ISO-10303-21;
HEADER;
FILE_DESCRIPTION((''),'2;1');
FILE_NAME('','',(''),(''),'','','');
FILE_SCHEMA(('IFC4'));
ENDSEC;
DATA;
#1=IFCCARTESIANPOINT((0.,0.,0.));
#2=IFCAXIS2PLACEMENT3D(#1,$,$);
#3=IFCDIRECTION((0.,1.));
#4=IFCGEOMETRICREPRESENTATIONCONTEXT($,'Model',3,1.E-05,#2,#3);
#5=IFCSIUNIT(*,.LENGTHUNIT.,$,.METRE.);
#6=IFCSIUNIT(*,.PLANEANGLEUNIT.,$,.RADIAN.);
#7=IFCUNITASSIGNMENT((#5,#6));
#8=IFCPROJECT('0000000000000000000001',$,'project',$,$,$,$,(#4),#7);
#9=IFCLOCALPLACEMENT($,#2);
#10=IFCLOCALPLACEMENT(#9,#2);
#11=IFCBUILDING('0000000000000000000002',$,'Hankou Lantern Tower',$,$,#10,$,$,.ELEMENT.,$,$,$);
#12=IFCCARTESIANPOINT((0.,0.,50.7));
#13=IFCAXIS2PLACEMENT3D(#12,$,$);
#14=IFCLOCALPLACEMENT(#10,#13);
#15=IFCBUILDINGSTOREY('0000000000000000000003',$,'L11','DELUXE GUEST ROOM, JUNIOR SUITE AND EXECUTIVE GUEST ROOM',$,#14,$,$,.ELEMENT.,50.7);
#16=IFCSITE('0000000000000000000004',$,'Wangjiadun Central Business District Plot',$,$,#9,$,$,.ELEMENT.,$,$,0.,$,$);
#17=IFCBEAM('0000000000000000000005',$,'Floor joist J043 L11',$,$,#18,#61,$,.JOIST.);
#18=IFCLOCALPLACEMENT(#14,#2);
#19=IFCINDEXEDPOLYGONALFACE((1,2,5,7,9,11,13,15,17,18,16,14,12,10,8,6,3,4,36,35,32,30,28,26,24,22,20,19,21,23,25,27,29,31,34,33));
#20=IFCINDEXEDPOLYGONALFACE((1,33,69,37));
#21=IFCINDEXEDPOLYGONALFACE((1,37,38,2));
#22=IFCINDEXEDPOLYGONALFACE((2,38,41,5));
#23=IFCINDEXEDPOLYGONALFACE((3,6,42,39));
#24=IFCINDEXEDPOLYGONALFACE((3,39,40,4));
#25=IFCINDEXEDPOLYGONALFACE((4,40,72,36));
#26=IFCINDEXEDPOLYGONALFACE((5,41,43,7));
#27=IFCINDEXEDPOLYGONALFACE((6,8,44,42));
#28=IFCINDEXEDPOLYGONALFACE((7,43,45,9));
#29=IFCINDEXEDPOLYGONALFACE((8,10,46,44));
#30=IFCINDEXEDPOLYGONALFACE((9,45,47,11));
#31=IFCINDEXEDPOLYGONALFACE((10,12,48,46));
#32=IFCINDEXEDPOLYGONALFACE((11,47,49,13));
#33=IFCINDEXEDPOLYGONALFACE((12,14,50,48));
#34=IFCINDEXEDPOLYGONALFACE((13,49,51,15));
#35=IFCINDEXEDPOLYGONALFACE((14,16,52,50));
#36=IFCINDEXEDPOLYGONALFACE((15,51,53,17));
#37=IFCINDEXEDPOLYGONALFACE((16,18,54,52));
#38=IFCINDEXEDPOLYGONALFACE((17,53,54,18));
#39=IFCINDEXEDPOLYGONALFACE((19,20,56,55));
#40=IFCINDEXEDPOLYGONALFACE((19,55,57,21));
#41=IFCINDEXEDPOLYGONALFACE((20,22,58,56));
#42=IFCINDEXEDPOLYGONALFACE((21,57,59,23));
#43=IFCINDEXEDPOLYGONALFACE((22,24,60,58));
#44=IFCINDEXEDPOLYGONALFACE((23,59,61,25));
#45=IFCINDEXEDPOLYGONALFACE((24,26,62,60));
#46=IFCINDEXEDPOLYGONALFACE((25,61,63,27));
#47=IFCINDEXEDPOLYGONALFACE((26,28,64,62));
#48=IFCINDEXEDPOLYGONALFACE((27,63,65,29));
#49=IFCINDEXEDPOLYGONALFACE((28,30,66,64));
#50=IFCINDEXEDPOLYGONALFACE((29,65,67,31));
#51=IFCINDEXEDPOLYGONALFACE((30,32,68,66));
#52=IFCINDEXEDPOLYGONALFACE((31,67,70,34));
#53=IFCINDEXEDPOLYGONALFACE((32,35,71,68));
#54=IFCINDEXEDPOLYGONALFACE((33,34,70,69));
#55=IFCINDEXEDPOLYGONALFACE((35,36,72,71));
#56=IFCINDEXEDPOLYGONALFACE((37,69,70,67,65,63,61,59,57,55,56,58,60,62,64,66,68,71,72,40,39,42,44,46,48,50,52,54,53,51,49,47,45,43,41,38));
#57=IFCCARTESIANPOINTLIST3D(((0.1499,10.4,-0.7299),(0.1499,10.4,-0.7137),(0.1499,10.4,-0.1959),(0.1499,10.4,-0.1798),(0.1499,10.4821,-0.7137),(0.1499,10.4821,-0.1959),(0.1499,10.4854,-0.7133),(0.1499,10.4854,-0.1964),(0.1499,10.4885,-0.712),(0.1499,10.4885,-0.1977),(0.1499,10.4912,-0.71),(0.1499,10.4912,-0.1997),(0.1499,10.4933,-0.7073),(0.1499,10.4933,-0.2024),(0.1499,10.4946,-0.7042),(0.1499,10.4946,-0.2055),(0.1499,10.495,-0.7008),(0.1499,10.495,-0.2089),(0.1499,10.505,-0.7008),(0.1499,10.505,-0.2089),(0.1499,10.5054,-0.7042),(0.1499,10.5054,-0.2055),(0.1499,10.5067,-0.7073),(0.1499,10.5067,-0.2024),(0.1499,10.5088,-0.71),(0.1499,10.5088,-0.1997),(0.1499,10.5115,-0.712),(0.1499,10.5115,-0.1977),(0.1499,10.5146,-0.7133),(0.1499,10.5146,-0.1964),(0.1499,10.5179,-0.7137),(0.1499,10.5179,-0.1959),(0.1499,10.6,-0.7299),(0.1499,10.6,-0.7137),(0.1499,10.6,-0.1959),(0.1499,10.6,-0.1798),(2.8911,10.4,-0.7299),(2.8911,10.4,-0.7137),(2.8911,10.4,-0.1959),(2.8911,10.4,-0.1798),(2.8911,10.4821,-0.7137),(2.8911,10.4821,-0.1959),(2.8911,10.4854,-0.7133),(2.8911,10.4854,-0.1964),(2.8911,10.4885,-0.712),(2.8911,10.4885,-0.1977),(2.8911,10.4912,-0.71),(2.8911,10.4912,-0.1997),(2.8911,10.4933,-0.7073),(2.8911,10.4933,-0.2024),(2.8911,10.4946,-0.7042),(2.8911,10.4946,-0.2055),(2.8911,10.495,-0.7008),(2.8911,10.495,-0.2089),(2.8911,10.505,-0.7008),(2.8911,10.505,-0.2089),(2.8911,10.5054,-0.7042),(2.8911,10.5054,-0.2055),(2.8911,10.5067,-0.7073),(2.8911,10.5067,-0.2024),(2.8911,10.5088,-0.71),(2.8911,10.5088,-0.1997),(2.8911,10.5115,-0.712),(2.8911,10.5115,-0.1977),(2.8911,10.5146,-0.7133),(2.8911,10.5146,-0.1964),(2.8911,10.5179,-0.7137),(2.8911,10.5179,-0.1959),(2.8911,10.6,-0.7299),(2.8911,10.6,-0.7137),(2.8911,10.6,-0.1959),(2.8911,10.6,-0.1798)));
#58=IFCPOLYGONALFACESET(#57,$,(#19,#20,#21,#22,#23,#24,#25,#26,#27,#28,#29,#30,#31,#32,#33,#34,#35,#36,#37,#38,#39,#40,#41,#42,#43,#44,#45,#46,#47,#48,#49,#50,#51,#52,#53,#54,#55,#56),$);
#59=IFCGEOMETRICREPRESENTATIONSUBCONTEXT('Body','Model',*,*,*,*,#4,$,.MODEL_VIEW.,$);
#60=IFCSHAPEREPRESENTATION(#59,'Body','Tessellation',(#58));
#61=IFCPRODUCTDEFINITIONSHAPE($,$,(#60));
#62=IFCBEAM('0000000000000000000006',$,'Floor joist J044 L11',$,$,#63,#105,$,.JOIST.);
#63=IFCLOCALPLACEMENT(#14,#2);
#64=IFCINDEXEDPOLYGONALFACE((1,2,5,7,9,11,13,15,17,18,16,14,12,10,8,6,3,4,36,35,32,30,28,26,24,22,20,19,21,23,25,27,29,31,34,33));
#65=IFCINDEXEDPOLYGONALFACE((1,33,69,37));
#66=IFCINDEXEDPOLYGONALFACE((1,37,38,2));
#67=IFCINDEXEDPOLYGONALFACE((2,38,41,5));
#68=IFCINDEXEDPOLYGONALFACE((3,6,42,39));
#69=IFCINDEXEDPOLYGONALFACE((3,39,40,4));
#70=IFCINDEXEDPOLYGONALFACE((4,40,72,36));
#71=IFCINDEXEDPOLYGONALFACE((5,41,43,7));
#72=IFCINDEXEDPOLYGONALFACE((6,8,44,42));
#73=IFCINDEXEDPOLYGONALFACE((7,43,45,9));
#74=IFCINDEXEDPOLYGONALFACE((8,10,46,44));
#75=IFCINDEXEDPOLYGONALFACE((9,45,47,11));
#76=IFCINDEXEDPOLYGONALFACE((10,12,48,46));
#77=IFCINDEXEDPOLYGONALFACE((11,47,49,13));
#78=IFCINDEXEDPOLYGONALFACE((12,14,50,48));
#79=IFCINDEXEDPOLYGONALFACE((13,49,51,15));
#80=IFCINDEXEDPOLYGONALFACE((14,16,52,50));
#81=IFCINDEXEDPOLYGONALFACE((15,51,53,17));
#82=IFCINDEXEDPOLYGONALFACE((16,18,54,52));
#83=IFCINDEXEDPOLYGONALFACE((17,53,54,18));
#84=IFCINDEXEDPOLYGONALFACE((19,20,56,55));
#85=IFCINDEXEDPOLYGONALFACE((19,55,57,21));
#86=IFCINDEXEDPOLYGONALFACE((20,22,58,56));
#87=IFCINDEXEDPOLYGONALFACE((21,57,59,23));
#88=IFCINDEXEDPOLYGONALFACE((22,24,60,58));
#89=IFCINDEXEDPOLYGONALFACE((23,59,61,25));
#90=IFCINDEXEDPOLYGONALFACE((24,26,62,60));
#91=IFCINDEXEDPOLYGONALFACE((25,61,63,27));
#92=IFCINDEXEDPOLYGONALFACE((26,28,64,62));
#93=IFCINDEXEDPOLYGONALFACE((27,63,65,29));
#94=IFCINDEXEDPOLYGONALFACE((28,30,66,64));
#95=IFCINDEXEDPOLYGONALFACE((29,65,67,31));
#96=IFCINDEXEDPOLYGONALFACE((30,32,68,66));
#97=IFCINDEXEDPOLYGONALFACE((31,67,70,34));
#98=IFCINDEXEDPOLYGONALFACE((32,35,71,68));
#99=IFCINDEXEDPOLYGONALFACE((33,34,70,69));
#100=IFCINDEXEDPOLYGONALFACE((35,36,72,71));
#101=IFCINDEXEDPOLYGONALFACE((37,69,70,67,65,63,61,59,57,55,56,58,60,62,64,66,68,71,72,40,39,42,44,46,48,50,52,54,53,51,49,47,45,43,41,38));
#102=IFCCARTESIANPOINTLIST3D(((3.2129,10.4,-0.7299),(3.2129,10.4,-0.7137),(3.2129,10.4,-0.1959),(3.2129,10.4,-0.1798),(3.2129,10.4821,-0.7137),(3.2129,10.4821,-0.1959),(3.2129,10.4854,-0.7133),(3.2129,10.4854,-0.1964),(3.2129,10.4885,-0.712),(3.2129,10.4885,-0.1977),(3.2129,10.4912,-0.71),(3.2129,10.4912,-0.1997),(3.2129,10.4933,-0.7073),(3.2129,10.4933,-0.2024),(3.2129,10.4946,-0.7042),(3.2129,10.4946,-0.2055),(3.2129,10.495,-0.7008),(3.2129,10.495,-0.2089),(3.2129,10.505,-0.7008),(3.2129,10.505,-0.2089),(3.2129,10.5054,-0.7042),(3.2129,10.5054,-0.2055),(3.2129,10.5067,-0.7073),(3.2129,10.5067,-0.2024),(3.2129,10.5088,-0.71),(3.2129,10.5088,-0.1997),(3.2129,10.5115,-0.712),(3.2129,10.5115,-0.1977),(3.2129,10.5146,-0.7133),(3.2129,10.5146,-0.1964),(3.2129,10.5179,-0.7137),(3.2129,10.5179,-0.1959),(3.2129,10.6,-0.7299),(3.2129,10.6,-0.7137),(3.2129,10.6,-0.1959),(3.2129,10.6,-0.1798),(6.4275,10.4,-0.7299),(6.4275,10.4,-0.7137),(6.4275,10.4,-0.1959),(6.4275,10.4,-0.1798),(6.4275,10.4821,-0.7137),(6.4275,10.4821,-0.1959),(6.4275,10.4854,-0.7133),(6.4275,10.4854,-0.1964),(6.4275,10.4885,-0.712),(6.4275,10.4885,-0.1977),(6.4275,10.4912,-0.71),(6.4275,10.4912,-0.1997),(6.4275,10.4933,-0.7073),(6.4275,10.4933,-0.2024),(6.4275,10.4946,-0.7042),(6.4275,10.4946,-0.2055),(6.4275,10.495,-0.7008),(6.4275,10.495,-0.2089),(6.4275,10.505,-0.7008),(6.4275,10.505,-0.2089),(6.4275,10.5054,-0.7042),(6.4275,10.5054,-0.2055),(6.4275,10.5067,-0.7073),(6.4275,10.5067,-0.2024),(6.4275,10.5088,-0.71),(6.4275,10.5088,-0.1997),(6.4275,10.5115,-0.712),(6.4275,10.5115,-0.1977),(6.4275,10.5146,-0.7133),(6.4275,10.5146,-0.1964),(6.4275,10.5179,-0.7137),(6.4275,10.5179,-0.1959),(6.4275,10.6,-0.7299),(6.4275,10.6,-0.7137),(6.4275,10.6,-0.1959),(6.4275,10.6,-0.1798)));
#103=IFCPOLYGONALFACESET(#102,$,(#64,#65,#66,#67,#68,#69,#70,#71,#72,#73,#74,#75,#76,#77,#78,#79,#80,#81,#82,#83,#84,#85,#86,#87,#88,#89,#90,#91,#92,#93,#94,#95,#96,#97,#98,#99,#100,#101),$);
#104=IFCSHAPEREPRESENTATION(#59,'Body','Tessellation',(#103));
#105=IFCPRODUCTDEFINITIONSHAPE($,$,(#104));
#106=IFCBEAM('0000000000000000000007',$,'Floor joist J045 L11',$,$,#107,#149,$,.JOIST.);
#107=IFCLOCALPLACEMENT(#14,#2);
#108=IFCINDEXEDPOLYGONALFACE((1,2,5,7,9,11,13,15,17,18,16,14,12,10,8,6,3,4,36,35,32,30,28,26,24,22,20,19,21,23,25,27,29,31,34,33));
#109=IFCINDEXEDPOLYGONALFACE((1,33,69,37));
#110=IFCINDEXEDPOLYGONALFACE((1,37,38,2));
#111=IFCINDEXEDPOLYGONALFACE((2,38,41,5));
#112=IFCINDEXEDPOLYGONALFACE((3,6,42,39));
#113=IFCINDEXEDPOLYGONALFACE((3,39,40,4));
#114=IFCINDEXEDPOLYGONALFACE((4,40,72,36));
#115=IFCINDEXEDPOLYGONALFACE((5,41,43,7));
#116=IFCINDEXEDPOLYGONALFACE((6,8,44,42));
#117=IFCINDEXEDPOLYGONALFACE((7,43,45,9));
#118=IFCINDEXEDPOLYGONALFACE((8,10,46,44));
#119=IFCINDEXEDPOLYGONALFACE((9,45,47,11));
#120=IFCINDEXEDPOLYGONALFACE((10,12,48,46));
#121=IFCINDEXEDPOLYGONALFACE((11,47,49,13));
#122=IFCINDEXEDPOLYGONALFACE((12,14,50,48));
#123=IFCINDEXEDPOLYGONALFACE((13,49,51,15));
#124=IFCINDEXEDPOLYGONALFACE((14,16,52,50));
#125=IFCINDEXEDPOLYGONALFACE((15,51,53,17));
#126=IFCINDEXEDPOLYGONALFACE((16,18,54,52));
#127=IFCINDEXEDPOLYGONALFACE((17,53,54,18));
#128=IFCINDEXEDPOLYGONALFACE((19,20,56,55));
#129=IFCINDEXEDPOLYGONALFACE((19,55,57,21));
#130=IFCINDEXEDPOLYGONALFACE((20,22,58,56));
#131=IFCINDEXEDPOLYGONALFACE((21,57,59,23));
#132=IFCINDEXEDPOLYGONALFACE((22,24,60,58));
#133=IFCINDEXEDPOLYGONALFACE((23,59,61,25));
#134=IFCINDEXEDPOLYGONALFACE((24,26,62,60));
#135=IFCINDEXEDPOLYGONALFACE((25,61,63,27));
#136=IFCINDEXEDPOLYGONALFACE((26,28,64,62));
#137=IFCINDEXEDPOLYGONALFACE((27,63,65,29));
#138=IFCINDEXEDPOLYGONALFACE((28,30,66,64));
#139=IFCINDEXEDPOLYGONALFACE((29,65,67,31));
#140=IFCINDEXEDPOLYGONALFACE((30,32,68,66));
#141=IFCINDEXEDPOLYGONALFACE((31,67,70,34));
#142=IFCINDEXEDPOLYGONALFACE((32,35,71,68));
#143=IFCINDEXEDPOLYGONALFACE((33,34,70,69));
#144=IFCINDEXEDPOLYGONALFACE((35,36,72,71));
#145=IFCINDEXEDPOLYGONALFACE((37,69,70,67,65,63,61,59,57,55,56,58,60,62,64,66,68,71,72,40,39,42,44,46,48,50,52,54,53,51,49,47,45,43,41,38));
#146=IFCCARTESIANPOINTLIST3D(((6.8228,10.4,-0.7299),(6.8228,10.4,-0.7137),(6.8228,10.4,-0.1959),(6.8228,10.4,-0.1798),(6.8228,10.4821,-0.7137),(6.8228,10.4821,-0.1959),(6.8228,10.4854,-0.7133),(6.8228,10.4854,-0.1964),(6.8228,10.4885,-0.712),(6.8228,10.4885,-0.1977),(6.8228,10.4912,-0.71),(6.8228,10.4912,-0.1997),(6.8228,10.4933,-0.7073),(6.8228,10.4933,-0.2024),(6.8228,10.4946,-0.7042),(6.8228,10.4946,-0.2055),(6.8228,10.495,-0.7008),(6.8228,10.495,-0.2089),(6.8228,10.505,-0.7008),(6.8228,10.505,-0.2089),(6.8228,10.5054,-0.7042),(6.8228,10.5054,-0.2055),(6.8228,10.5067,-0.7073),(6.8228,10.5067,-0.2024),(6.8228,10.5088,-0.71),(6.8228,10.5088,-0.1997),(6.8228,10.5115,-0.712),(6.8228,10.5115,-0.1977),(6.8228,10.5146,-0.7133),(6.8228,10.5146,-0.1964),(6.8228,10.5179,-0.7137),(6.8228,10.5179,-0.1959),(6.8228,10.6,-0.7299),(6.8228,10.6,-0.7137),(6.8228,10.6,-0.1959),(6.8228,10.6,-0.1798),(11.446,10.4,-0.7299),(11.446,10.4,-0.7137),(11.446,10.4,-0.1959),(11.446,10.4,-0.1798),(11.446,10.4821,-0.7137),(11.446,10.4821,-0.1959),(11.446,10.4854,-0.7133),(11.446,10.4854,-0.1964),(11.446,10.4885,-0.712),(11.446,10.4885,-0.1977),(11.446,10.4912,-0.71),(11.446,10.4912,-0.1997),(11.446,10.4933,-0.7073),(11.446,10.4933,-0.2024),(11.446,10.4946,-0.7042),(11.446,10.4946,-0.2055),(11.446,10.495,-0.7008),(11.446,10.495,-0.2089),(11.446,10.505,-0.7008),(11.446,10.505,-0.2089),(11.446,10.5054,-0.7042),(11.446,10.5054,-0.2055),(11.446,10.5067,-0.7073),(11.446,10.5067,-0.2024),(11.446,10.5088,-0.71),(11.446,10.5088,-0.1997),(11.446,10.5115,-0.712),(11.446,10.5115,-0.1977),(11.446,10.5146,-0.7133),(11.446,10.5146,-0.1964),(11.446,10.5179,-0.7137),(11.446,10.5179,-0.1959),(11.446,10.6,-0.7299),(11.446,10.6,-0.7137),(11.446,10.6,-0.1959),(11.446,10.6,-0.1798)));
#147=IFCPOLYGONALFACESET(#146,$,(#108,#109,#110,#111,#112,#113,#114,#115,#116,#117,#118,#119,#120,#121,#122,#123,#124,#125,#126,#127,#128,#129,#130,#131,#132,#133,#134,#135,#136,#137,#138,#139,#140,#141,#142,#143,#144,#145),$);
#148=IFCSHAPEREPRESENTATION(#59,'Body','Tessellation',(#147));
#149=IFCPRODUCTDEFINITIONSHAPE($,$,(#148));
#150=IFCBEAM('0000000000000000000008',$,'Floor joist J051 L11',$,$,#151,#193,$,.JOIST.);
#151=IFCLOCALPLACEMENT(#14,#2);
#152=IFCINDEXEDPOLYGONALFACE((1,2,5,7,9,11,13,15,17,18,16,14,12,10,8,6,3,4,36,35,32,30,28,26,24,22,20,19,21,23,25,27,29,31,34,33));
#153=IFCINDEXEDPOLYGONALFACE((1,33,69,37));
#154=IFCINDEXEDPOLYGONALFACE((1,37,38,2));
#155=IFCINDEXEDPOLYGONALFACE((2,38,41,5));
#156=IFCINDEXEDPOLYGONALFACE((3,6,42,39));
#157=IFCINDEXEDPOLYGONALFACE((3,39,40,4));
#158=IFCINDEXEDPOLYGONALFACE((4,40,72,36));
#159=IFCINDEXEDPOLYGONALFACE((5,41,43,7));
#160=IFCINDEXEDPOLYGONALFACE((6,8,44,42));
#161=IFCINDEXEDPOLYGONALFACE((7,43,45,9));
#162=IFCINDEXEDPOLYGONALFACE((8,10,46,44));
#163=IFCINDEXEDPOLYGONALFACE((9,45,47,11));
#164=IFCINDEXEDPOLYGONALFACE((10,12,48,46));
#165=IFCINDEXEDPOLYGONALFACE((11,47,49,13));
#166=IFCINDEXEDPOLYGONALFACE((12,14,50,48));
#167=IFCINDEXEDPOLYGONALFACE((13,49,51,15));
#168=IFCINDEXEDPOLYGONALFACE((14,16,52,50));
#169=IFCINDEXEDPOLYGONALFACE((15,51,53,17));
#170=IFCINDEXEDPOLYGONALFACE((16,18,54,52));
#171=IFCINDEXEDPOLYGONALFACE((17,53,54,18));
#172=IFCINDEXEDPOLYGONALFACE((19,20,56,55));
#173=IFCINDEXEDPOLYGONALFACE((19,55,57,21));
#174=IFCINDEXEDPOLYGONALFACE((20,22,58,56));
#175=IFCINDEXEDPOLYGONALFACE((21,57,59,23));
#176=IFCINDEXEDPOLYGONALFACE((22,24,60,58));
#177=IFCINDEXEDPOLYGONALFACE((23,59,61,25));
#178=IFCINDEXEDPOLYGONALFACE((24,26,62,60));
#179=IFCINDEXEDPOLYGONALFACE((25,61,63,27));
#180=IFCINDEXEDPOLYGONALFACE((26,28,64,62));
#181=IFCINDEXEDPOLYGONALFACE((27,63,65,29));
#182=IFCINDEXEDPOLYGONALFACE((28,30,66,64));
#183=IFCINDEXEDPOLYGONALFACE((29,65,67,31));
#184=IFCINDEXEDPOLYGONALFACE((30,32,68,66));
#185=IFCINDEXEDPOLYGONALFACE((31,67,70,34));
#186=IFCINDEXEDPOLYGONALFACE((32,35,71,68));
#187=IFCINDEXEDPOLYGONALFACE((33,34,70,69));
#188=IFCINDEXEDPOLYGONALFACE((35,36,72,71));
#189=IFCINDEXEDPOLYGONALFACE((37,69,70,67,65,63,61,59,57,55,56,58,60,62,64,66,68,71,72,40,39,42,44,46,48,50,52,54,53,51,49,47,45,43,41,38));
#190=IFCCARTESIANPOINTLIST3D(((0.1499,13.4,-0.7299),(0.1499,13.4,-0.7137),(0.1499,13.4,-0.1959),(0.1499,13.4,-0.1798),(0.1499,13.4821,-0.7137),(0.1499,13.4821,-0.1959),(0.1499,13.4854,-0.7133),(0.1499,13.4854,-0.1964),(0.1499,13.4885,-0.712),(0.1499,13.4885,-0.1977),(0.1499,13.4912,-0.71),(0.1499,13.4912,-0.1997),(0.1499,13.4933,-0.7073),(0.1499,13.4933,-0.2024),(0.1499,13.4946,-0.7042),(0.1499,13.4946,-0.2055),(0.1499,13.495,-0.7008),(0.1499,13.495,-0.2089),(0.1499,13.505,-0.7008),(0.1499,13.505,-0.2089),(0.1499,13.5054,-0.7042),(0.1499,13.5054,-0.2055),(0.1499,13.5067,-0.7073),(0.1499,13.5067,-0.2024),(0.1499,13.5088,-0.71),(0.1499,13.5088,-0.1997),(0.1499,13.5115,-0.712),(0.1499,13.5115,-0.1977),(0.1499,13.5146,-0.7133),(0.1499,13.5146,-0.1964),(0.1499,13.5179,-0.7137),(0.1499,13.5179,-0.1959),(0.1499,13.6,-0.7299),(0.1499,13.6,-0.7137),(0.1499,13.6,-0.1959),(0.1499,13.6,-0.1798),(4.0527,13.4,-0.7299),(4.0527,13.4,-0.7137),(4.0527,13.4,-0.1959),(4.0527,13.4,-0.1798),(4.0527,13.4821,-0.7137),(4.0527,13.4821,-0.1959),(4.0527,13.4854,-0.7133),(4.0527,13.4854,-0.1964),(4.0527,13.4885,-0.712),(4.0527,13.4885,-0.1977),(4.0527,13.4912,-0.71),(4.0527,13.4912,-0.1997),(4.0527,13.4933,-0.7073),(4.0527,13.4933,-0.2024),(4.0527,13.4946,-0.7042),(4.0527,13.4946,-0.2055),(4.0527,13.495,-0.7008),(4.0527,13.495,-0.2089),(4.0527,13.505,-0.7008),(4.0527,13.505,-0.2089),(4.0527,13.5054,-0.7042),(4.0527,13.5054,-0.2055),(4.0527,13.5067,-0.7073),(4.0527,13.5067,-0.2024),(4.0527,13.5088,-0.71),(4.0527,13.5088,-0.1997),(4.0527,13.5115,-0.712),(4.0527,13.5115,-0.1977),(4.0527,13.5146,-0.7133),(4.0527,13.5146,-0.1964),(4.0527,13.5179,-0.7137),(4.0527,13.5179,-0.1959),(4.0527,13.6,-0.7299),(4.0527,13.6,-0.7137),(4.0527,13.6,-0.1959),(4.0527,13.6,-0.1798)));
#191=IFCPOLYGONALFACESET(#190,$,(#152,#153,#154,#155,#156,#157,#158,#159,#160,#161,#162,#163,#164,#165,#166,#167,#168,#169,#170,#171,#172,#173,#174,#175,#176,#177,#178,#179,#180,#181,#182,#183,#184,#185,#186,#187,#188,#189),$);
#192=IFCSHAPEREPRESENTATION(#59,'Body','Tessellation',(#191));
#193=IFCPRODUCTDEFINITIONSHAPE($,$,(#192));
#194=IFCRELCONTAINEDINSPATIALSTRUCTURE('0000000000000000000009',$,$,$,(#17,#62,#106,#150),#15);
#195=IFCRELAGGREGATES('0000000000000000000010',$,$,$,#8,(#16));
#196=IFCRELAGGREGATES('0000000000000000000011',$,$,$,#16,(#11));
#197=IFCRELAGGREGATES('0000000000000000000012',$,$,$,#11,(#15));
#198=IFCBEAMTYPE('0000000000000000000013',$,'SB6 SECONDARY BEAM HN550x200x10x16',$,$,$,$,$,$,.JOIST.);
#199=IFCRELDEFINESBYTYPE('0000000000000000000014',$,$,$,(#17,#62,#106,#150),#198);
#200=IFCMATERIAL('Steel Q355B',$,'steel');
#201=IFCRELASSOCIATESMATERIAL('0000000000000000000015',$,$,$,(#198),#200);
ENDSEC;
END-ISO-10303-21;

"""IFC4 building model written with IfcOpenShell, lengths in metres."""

from ifc_helpers import new_model, si_unit, direction, frame, origin, origin_2d, place, context, subcontext, project, spatial, i_section, extrude, material, material_profile, profile_set, type_object, element, save


model = new_model("IFC4")

# Units and contexts
model_context = context("Model", 3, precision=1e-05, world=origin(), true_north=direction((0.0, 1.0)))
body_context = subcontext(model_context, "Body", "Model", "MODEL_VIEW")
ifc_project = project(units=[si_unit("LENGTHUNIT", "METRE"), si_unit("PLANEANGLEUNIT", "RADIAN")], contexts=[model_context])

# Site, building, storey
site_placement = place(None, origin())
site = spatial("IfcSite", under=ifc_project, at=site_placement, Name="Wangjiadun Central Business District Plot", CompositionType="ELEMENT", RefElevation=0.0)
building_placement = place(site_placement, origin())
building = spatial("IfcBuilding", under=site, at=building_placement, Name="Hankou Lantern Tower", CompositionType="ELEMENT")
storey_placement = place(building_placement, frame((0.0, 0.0, 50.7)))
storey = spatial("IfcBuildingStorey", under=building, at=storey_placement, Name="L11", Description="DELUXE GUEST ROOM, JUNIOR SUITE AND EXECUTIVE GUEST ROOM", CompositionType="ELEMENT", Elevation=50.7)

# Beams
ifc_material_1 = material(Name="Steel Q355B", Category="steel")
ifc_material_profile = material_profile(ifc_material_1, i_section(OverallWidth=0.2, OverallDepth=0.55, WebThickness=0.01, FlangeThickness=0.0161, FilletRadius=0.0129, at=origin_2d()), Name="HN550x200x10x16")
ifc_profile_set = profile_set([ifc_material_profile], Name="Steel Q355B")
beam_type = type_object("IfcBeamType", Name="SB6 SECONDARY BEAM HN550x200x10x16", PredefinedType="JOIST", material=ifc_profile_set)
beam_1_placement = place(storey_placement, frame((0.1499, 10.5, -0.4548), z_axis=(1.0, 0.0, 0.0), x_axis=(0.0, 1.0, 0.0)))
element("IfcBeam", 1, at=beam_1_placement, inside=storey, type_object=beam_type, Name="Floor joist J043 L11", PredefinedType="JOIST", context=body_context, shape_type="SweptSolid", body=[
    extrude(i_section(OverallWidth=0.2, OverallDepth=0.55, WebThickness=0.01, FlangeThickness=0.0161, FilletRadius=0.0129, at=origin_2d()), origin(), (0.0, 0.0, 1.0), 2.7412),
])
beam_2_placement = place(storey_placement, frame((3.2129, 10.5, -0.4548), z_axis=(1.0, 0.0, 0.0), x_axis=(0.0, 1.0, 0.0)))
element("IfcBeam", 2, at=beam_2_placement, inside=storey, type_object=beam_type, Name="Floor joist J044 L11", PredefinedType="JOIST", context=body_context, shape_type="SweptSolid", body=[
    extrude(i_section(OverallWidth=0.2, OverallDepth=0.55, WebThickness=0.01, FlangeThickness=0.0161, FilletRadius=0.0129, at=origin_2d()), origin(), (0.0, 0.0, 1.0), 3.2146),
])
beam_3_placement = place(storey_placement, frame((6.8228, 10.5, -0.4548), z_axis=(1.0, 0.0, 0.0), x_axis=(0.0, 1.0, 0.0)))
element("IfcBeam", 3, at=beam_3_placement, inside=storey, type_object=beam_type, Name="Floor joist J045 L11", PredefinedType="JOIST", context=body_context, shape_type="SweptSolid", body=[
    extrude(i_section(OverallWidth=0.2, OverallDepth=0.55, WebThickness=0.01, FlangeThickness=0.0161, FilletRadius=0.0129, at=origin_2d()), origin(), (0.0, 0.0, 1.0), 4.6233),
])
beam_4_placement = place(storey_placement, frame((0.1499, 13.5, -0.4548), z_axis=(1.0, 0.0, 0.0), x_axis=(0.0, 1.0, 0.0)))
element("IfcBeam", 4, at=beam_4_placement, inside=storey, type_object=beam_type, Name="Floor joist J051 L11", PredefinedType="JOIST", context=body_context, shape_type="SweptSolid", body=[
    extrude(i_section(OverallWidth=0.2, OverallDepth=0.55, WebThickness=0.01, FlangeThickness=0.0161, FilletRadius=0.0129, at=origin_2d()), origin(), (0.0, 0.0, 1.0), 3.9028),
])

save(model, "model.ifc")
